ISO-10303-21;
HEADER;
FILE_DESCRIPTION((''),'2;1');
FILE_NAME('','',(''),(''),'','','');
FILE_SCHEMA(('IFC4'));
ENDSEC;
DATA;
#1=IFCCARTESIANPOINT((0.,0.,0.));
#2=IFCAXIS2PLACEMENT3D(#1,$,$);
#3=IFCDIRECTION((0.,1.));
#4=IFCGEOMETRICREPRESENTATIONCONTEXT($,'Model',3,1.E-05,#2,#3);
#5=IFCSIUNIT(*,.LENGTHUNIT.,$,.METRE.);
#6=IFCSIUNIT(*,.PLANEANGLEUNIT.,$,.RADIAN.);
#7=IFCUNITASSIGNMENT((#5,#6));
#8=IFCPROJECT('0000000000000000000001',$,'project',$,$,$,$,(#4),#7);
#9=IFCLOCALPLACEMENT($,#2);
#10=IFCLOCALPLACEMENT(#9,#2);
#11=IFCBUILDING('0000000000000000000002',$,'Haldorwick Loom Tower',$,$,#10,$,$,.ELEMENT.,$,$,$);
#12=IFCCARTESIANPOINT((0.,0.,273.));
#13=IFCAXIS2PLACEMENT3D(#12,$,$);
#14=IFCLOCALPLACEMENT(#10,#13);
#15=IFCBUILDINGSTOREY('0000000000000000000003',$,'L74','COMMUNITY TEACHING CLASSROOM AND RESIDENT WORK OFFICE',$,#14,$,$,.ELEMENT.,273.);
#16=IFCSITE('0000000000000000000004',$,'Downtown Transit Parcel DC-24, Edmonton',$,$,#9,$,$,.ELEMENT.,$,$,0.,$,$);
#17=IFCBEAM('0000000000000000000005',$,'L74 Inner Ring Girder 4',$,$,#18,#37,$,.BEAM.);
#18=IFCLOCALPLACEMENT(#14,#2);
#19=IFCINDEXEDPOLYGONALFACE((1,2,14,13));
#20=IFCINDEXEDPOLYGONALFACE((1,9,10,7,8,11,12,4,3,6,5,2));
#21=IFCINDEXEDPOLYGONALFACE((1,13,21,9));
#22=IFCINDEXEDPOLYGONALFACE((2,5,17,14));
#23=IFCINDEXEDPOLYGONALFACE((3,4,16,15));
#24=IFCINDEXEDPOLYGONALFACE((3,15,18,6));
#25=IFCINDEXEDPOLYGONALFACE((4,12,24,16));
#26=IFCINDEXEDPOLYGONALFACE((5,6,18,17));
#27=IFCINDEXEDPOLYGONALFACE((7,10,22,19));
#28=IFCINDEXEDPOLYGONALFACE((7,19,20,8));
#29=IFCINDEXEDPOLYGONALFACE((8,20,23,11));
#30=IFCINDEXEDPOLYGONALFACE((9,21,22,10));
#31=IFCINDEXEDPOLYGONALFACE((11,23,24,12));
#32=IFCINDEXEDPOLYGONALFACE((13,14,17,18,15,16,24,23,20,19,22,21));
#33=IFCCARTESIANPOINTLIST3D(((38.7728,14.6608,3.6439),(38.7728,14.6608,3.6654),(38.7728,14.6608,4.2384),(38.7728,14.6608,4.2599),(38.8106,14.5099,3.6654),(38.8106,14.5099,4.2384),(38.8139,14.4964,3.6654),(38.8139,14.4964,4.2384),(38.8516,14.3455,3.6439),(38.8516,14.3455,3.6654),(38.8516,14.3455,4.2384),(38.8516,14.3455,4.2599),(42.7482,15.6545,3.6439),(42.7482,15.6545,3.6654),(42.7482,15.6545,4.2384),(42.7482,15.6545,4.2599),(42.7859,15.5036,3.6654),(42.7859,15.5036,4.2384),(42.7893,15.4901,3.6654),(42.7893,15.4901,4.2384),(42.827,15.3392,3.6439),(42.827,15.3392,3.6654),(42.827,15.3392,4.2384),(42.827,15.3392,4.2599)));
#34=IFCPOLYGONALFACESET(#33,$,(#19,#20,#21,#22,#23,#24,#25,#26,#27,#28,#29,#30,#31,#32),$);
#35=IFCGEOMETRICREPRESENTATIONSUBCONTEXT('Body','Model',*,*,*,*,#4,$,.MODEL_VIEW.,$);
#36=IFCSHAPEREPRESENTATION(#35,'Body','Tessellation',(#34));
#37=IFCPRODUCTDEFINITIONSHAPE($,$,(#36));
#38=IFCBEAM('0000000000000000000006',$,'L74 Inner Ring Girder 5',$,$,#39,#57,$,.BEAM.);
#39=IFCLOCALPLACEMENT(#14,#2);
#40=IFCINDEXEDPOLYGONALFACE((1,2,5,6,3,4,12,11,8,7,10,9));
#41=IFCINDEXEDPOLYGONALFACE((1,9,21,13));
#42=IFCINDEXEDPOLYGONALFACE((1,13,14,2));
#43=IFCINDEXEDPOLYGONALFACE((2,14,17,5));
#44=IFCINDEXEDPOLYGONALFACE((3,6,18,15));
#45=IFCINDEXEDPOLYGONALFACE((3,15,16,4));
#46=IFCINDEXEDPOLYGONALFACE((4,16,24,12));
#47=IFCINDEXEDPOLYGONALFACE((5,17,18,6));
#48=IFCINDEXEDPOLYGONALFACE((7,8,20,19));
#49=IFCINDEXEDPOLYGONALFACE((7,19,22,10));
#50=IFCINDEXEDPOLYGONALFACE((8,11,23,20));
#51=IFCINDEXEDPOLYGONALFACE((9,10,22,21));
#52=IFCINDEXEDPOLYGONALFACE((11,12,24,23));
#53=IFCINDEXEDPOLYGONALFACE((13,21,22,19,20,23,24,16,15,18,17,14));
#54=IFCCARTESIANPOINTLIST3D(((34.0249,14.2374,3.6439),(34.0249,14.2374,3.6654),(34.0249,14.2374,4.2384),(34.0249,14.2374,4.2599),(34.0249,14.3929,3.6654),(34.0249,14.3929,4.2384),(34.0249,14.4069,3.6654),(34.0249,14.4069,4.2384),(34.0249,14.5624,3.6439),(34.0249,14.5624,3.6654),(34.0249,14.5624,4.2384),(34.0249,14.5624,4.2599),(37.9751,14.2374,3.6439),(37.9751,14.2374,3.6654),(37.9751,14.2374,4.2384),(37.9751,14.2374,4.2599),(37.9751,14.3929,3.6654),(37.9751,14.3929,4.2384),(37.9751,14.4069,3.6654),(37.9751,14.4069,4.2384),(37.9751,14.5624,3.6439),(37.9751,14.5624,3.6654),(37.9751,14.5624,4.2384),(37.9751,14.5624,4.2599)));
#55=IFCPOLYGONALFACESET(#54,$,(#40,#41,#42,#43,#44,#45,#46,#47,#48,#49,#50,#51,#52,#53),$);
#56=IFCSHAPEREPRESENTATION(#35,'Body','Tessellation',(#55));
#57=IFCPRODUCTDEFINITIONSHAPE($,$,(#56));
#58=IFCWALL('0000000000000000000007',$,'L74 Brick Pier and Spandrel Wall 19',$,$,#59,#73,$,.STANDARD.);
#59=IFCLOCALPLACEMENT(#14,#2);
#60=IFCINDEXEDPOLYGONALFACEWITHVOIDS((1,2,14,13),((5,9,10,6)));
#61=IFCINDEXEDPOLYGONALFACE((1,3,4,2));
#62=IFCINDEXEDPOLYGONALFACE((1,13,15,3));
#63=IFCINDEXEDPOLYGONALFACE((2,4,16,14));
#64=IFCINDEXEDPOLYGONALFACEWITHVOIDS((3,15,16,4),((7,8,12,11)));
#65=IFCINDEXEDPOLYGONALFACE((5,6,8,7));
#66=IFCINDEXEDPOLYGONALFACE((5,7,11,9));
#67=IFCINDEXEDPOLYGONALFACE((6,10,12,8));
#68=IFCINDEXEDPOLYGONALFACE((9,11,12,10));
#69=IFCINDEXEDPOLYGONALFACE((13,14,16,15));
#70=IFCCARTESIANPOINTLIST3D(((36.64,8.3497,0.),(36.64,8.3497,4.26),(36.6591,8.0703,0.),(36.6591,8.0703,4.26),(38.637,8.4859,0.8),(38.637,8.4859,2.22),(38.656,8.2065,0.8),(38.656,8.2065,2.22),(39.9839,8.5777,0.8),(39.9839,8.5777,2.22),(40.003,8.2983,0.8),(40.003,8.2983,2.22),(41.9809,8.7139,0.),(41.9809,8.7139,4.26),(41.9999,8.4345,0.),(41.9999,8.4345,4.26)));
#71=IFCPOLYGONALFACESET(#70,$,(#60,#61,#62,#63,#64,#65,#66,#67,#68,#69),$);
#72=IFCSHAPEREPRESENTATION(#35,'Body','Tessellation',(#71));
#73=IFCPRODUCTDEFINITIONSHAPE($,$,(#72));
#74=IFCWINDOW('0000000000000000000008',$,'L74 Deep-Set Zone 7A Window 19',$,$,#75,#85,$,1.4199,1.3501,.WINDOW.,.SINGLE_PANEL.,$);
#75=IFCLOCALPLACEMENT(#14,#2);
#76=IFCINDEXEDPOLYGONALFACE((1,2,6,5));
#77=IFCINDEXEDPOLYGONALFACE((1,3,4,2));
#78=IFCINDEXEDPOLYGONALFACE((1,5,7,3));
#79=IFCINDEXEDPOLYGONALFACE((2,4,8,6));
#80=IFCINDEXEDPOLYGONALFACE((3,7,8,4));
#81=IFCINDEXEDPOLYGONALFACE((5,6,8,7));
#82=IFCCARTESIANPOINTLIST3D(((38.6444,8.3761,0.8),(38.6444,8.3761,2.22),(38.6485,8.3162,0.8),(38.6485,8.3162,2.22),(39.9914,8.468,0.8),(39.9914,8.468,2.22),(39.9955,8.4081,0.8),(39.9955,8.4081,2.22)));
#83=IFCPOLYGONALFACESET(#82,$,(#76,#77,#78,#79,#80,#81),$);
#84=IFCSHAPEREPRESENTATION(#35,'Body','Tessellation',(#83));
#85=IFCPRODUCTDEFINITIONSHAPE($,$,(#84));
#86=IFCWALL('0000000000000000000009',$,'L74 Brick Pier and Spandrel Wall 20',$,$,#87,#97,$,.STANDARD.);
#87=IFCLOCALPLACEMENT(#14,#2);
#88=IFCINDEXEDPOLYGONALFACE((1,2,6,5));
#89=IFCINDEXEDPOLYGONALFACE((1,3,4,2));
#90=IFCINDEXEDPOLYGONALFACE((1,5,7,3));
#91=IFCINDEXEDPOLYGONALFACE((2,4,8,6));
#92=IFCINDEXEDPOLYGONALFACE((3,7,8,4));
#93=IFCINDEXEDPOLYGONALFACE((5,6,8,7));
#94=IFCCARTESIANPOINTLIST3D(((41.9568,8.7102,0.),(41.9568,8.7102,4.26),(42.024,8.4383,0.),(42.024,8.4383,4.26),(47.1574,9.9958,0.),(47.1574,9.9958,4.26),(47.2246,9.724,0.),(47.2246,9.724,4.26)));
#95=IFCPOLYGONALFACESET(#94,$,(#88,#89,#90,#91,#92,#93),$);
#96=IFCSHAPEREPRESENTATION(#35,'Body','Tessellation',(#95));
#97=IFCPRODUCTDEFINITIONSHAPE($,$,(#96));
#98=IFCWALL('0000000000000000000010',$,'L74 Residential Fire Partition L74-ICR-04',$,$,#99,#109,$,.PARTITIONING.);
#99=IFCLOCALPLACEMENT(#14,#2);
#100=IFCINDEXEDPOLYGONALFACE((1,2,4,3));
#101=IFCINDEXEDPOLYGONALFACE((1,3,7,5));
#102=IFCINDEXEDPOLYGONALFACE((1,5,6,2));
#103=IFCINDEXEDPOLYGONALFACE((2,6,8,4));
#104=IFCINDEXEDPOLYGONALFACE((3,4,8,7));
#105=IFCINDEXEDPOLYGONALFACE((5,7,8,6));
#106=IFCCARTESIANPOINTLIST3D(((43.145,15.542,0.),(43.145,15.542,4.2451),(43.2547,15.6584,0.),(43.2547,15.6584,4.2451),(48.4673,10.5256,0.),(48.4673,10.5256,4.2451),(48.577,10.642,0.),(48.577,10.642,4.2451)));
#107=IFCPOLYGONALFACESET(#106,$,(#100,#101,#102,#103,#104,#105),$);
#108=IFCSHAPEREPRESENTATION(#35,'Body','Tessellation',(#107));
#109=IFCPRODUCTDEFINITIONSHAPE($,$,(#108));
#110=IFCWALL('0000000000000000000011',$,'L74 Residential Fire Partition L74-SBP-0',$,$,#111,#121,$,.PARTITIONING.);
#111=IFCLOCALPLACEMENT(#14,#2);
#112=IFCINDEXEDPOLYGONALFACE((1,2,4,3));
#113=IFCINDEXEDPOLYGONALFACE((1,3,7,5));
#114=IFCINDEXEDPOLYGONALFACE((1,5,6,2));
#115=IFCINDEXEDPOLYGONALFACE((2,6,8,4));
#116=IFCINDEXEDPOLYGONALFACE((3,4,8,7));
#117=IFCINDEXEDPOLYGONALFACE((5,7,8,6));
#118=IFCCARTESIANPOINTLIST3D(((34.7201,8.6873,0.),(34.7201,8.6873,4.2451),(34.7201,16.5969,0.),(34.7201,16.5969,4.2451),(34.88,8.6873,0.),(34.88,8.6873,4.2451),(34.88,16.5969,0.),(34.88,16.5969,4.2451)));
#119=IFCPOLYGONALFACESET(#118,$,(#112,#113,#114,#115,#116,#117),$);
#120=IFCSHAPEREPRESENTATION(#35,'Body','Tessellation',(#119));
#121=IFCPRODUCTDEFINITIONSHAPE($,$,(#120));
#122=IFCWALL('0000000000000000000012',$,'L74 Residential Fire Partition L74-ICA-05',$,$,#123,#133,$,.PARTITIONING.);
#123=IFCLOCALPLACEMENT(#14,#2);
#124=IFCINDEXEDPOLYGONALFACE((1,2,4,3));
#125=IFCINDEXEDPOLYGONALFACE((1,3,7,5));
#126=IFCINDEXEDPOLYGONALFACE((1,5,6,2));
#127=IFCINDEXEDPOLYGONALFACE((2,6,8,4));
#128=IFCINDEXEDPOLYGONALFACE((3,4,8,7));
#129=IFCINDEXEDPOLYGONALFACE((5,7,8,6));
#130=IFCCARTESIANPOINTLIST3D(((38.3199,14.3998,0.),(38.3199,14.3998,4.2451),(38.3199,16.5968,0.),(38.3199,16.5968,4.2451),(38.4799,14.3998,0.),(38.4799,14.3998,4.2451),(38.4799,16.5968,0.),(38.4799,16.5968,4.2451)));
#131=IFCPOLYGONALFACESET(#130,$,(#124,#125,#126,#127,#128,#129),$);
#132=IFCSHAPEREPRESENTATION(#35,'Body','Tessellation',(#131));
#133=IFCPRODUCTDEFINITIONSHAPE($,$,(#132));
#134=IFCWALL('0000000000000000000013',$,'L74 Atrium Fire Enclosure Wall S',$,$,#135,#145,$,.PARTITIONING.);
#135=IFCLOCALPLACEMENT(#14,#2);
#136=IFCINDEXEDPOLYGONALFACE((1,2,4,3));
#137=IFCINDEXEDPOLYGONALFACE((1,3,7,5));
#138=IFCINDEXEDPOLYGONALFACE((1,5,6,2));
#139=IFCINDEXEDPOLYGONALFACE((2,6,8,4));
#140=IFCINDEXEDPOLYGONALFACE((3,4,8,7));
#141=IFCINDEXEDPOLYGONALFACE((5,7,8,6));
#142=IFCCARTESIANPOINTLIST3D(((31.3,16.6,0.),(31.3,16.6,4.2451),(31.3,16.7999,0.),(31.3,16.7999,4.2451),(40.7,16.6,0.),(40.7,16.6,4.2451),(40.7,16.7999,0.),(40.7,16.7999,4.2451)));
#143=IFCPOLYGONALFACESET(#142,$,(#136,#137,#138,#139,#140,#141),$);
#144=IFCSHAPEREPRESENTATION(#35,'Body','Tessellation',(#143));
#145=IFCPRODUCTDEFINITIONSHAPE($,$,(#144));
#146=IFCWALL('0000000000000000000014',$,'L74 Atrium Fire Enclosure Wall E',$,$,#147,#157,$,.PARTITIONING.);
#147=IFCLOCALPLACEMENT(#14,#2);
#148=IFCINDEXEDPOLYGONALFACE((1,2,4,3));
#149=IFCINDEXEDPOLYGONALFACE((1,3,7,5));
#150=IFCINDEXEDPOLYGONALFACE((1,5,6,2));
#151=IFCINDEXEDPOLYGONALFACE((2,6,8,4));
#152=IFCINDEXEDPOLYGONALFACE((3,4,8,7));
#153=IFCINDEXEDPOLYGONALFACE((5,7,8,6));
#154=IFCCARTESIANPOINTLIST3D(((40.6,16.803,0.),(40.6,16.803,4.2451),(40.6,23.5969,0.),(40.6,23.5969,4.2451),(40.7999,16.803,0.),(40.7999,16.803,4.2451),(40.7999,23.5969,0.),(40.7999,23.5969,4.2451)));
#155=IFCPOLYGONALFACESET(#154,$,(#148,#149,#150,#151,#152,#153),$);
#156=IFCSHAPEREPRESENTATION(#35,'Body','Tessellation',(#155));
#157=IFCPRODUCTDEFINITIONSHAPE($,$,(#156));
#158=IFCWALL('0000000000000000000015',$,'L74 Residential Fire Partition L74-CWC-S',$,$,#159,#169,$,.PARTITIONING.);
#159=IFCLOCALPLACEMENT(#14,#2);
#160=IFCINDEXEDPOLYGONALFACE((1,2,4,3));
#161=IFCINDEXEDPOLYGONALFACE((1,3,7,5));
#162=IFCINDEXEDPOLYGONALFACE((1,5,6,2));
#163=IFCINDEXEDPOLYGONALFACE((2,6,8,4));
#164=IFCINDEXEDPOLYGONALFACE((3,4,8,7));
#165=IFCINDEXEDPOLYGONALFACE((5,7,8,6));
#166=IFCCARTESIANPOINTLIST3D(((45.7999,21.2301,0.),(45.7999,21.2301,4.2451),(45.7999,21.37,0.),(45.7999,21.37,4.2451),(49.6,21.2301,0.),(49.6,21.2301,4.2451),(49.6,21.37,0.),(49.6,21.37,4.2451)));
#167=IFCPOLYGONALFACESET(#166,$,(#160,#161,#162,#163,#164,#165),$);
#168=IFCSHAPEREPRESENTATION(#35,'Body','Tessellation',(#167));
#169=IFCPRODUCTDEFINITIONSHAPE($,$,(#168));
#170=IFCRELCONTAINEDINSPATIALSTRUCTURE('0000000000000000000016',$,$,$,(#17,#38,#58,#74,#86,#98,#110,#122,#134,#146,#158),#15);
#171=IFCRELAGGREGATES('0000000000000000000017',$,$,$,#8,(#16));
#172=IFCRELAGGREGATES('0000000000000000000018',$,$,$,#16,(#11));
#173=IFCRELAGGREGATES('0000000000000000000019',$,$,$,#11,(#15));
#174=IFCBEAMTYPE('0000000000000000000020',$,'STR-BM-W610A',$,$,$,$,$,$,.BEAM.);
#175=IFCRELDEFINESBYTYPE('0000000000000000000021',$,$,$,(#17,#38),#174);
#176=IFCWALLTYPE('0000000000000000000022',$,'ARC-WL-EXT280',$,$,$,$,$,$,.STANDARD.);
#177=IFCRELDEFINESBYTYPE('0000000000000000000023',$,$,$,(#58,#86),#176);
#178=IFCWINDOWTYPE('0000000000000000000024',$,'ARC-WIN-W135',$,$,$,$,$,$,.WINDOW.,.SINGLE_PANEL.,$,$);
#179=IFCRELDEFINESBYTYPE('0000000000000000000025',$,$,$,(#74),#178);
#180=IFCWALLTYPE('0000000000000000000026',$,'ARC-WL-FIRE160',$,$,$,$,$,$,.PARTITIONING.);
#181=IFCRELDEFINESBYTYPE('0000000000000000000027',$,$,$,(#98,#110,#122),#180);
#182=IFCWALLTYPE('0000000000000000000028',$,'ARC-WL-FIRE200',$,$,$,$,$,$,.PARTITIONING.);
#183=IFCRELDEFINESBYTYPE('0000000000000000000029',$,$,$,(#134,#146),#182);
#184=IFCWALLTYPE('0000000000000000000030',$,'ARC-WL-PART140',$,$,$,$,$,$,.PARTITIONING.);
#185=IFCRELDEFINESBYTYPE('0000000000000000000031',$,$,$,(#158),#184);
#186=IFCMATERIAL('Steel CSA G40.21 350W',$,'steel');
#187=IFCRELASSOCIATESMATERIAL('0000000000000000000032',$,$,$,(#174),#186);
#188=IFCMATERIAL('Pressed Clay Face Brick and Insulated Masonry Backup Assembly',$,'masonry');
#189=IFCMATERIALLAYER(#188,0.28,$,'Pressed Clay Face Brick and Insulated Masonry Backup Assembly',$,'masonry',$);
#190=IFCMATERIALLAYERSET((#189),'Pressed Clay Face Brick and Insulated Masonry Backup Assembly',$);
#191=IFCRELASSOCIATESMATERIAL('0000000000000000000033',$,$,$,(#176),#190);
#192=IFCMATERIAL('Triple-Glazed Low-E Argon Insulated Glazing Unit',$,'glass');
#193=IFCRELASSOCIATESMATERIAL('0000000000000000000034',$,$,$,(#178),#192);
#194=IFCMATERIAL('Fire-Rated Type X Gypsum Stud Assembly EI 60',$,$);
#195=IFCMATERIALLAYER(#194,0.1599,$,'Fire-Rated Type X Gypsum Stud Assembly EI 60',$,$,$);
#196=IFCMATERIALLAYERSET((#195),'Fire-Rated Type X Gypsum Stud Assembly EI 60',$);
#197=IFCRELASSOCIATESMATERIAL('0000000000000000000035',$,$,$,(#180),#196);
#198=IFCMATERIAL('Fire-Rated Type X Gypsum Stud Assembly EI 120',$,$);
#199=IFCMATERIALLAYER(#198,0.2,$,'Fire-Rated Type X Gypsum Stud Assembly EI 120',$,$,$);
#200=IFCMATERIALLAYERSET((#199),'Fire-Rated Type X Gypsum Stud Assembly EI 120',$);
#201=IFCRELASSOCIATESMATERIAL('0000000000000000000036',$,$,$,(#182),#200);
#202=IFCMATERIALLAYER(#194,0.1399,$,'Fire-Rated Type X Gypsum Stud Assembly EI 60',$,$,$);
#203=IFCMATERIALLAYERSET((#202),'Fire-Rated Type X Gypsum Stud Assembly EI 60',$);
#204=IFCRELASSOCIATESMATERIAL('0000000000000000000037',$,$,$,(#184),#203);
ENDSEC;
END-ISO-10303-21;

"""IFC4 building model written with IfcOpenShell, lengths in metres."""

from ifc_helpers import new_model, si_unit, direction, frame, frame_2d, origin, origin_2d, place, context, subcontext, project, spatial, rectangle, i_section, extrude, material, layer, layer_set, material_profile, profile_set, type_object, element, fill, save


model = new_model("IFC4")

# Units and contexts
model_context = context("Model", 3, precision=1e-05, world=origin(), true_north=direction((0.0, 1.0)))
body_context = subcontext(model_context, "Body", "Model", "MODEL_VIEW")
ifc_project = project(units=[si_unit("LENGTHUNIT", "METRE"), si_unit("PLANEANGLEUNIT", "RADIAN")], contexts=[model_context])

# Site, building, storey
site_placement = place(None, origin())
site = spatial("IfcSite", under=ifc_project, at=site_placement, Name="Downtown Transit Parcel DC-24, Edmonton", CompositionType="ELEMENT", RefElevation=0.0)
building_placement = place(site_placement, origin())
building = spatial("IfcBuilding", under=site, at=building_placement, Name="Haldorwick Loom Tower", CompositionType="ELEMENT")
storey_placement = place(building_placement, frame((0.0, 0.0, 273.0)))
storey = spatial("IfcBuildingStorey", under=building, at=storey_placement, Name="L74", Description="COMMUNITY TEACHING CLASSROOM AND RESIDENT WORK OFFICE", CompositionType="ELEMENT", Elevation=273.0)

# Shared definitions
ifc_material_1 = material(Name="Steel CSA G40.21 350W", Category="steel")

# Beams
ifc_material_profile_1 = material_profile(ifc_material_1, i_section(OverallWidth=0.325, OverallDepth=0.616, WebThickness=0.0139, FlangeThickness=0.0215, at=origin_2d()), Name="W610X174", Category="steel")
ifc_profile_set_1 = profile_set([ifc_material_profile_1], Name="Steel CSA G40.21 350W")
beam_type_1 = type_object("IfcBeamType", Name="STR-BM-W610A", PredefinedType="BEAM", material=ifc_profile_set_1)
beam_1_placement = place(storey_placement, frame((42.7876, 15.4968, 3.9519), z_axis=(-0.970153, -0.242494, 0.0), x_axis=(0.242494, -0.970153, 0.0)))
element("IfcBeam", 1, at=beam_1_placement, inside=storey, type_object=beam_type_1, Name="L74 Inner Ring Girder 4", PredefinedType="BEAM", context=body_context, shape_type="SweptSolid", body=[
    extrude(i_section(OverallWidth=0.325, OverallDepth=0.616, WebThickness=0.0139, FlangeThickness=0.0215, at=origin_2d()), origin(), (0.0, 0.0, 1.0), 4.0977),
])
beam_2_placement = place(storey_placement, frame((37.9751, 14.3999, 3.9519), z_axis=(-1.0, 0.0, 0.0), x_axis=(0.0, -1.0, 0.0)))
element("IfcBeam", 2, at=beam_2_placement, inside=storey, type_object=beam_type_1, Name="L74 Inner Ring Girder 5", PredefinedType="BEAM", context=body_context, shape_type="SweptSolid", body=[
    extrude(i_section(OverallWidth=0.325, OverallDepth=0.616, WebThickness=0.0139, FlangeThickness=0.0215, at=origin_2d()), origin(), (0.0, 0.0, 1.0), 3.9502),
])

# Wall, opening, window
ifc_material_2 = material(Name="Pressed Clay Face Brick and Insulated Masonry Backup Assembly", Category="masonry")
ifc_layer_1 = layer(ifc_material_2, 0.28, Name="Pressed Clay Face Brick and Insulated Masonry Backup Assembly", Category="masonry")
ifc_layer_set_1 = layer_set([ifc_layer_1], Name="Pressed Clay Face Brick and Insulated Masonry Backup Assembly")
wall_type_1 = type_object("IfcWallType", Name="ARC-WL-EXT280", PredefinedType="STANDARD", material=ifc_layer_set_1)
wall_1_placement = place(storey_placement, frame((36.6494, 8.21, 0.0), z_axis=(0.0, 0.0, 1.0), x_axis=(0.997682, 0.068045, 0.0)))
wall_1 = element("IfcWall", 3, at=wall_1_placement, inside=storey, type_object=wall_type_1, Name="L74 Brick Pier and Spandrel Wall 19", PredefinedType="STANDARD", context=body_context, shape_type="SweptSolid", body=[
    extrude(rectangle(XDim=5.3533, YDim=0.28, at=frame_2d((2.6768, 0.0))), origin(), (0.0, 0.0, 1.0), 4.26),
])
opening_placement = place(wall_1_placement, frame((2.0017, 0.0, 0.8)))
opening = element("IfcOpeningElement", 4, at=opening_placement, cuts=wall_1, PredefinedType="OPENING", context=body_context, shape_type="SweptSolid", body=[
    extrude(rectangle(XDim=1.3501, YDim=1.4199, at=frame_2d((0.675, 0.71))), frame((0.0, 0.1499, 0.0), z_axis=(0.0, -1.0, 0.0), x_axis=(1.0, 0.0, 0.0)), (0.0, 0.0, 1.0), 0.3),
])
ifc_material_3 = material(Name="Triple-Glazed Low-E Argon Insulated Glazing Unit", Category="glass")
window_type = type_object("IfcWindowType", Name="ARC-WIN-W135", PartitioningType="SINGLE_PANEL", PredefinedType="WINDOW", material=ifc_material_3)
window_placement = place(opening_placement, origin())
window = element("IfcWindow", 5, at=window_placement, inside=storey, type_object=window_type, Name="L74 Deep-Set Zone 7A Window 19", OverallHeight=1.4199, OverallWidth=1.3501, PartitioningType="SINGLE_PANEL", PredefinedType="WINDOW", context=body_context, shape_type="SweptSolid", body=[
    extrude(rectangle(XDim=1.3501, YDim=1.4199, at=frame_2d((0.675, 0.71))), frame((0.0, 0.03, 0.0), z_axis=(0.0, -1.0, 0.0), x_axis=(1.0, 0.0, 0.0)), (0.0, 0.0, 1.0), 0.0601),
])
fill(opening, window)

# Walls
wall_2_placement = place(storey_placement, frame((41.9902, 8.5742, 0.0), z_axis=(0.0, 0.0, 1.0), x_axis=(0.970777, 0.239983, 0.0)))
element("IfcWall", 6, at=wall_2_placement, inside=storey, type_object=wall_type_1, Name="L74 Brick Pier and Spandrel Wall 20", PredefinedType="STANDARD", context=body_context, shape_type="SweptSolid", body=[
    extrude(rectangle(XDim=5.3572, YDim=0.28, at=frame_2d((2.6787, 0.0))), origin(), (0.0, 0.0, 1.0), 4.26),
])
ifc_material_4 = material(Name="Fire-Rated Type X Gypsum Stud Assembly EI 60")
ifc_layer_2 = layer(ifc_material_4, 0.1599, Name="Fire-Rated Type X Gypsum Stud Assembly EI 60")
ifc_layer_set_2 = layer_set([ifc_layer_2], Name="Fire-Rated Type X Gypsum Stud Assembly EI 60")
wall_type_2 = type_object("IfcWallType", Name="ARC-WL-FIRE160", PredefinedType="PARTITIONING", material=ifc_layer_set_2)
wall_3_placement = place(storey_placement, frame((43.2, 15.6001, 0.0), z_axis=(0.0, 0.0, 1.0), x_axis=(0.727711, -0.685884, 0.0)))
element("IfcWall", 7, at=wall_3_placement, inside=storey, type_object=wall_type_2, Name="L74 Residential Fire Partition L74-ICR-04", PredefinedType="PARTITIONING", context=body_context, shape_type="SweptSolid", body=[
    extrude(rectangle(XDim=7.3137, YDim=0.1599, at=frame_2d((3.6567, 0.0))), origin(), (0.0, 0.0, 1.0), 4.2451),
])
wall_4_placement = place(storey_placement, frame((34.8, 8.6873, 0.0), z_axis=(0.0, 0.0, 1.0), x_axis=(0.0, 1.0, 0.0)))
element("IfcWall", 8, at=wall_4_placement, inside=storey, type_object=wall_type_2, Name="L74 Residential Fire Partition L74-SBP-0", PredefinedType="PARTITIONING", context=body_context, shape_type="SweptSolid", body=[
    extrude(rectangle(XDim=7.9097, YDim=0.1599, at=frame_2d((3.9548, 0.0))), origin(), (0.0, 0.0, 1.0), 4.2451),
])
wall_5_placement = place(storey_placement, frame((38.3999, 16.5969, 0.0), z_axis=(0.0, 0.0, 1.0), x_axis=(0.0, -1.0, 0.0)))
element("IfcWall", 9, at=wall_5_placement, inside=storey, type_object=wall_type_2, Name="L74 Residential Fire Partition L74-ICA-05", PredefinedType="PARTITIONING", context=body_context, shape_type="SweptSolid", body=[
    extrude(rectangle(XDim=2.197, YDim=0.1599, at=frame_2d((1.0986, 0.0))), origin(), (0.0, 0.0, 1.0), 4.2451),
])
ifc_material_5 = material(Name="Fire-Rated Type X Gypsum Stud Assembly EI 120")
ifc_layer_3 = layer(ifc_material_5, 0.2, Name="Fire-Rated Type X Gypsum Stud Assembly EI 120")
ifc_layer_set_3 = layer_set([ifc_layer_3], Name="Fire-Rated Type X Gypsum Stud Assembly EI 120")
wall_type_3 = type_object("IfcWallType", Name="ARC-WL-FIRE200", PredefinedType="PARTITIONING", material=ifc_layer_set_3)
wall_6_placement = place(storey_placement, frame((40.7, 16.7, 0.0), z_axis=(0.0, 0.0, 1.0), x_axis=(-1.0, 0.0, 0.0)))
element("IfcWall", 10, at=wall_6_placement, inside=storey, type_object=wall_type_3, Name="L74 Atrium Fire Enclosure Wall S", PredefinedType="PARTITIONING", context=body_context, shape_type="SweptSolid", body=[
    extrude(rectangle(XDim=9.3999, YDim=0.2, at=frame_2d((4.7, 0.0))), origin(), (0.0, 0.0, 1.0), 4.2451),
])
wall_7_placement = place(storey_placement, frame((40.7, 23.5969, 0.0), z_axis=(0.0, 0.0, 1.0), x_axis=(0.0, -1.0, 0.0)))
element("IfcWall", 11, at=wall_7_placement, inside=storey, type_object=wall_type_3, Name="L74 Atrium Fire Enclosure Wall E", PredefinedType="PARTITIONING", context=body_context, shape_type="SweptSolid", body=[
    extrude(rectangle(XDim=6.7939, YDim=0.2, at=frame_2d((3.397, 0.0))), origin(), (0.0, 0.0, 1.0), 4.2451),
])
ifc_layer_4 = layer(ifc_material_4, 0.1399, Name="Fire-Rated Type X Gypsum Stud Assembly EI 60")
ifc_layer_set_4 = layer_set([ifc_layer_4], Name="Fire-Rated Type X Gypsum Stud Assembly EI 60")
wall_type_4 = type_object("IfcWallType", Name="ARC-WL-PART140", PredefinedType="PARTITIONING", material=ifc_layer_set_4)
wall_8_placement = place(storey_placement, frame((45.8, 21.3, 0.0), z_axis=(0.0, 0.0, 1.0), x_axis=(1.0, 0.0, 0.0)))
element("IfcWall", 12, at=wall_8_placement, inside=storey, type_object=wall_type_4, Name="L74 Residential Fire Partition L74-CWC-S", PredefinedType="PARTITIONING", context=body_context, shape_type="SweptSolid", body=[
    extrude(rectangle(XDim=3.8, YDim=0.1399, at=frame_2d((1.8999, 0.0))), origin(), (0.0, 0.0, 1.0), 4.2451),
])

save(model, "model.ifc")
